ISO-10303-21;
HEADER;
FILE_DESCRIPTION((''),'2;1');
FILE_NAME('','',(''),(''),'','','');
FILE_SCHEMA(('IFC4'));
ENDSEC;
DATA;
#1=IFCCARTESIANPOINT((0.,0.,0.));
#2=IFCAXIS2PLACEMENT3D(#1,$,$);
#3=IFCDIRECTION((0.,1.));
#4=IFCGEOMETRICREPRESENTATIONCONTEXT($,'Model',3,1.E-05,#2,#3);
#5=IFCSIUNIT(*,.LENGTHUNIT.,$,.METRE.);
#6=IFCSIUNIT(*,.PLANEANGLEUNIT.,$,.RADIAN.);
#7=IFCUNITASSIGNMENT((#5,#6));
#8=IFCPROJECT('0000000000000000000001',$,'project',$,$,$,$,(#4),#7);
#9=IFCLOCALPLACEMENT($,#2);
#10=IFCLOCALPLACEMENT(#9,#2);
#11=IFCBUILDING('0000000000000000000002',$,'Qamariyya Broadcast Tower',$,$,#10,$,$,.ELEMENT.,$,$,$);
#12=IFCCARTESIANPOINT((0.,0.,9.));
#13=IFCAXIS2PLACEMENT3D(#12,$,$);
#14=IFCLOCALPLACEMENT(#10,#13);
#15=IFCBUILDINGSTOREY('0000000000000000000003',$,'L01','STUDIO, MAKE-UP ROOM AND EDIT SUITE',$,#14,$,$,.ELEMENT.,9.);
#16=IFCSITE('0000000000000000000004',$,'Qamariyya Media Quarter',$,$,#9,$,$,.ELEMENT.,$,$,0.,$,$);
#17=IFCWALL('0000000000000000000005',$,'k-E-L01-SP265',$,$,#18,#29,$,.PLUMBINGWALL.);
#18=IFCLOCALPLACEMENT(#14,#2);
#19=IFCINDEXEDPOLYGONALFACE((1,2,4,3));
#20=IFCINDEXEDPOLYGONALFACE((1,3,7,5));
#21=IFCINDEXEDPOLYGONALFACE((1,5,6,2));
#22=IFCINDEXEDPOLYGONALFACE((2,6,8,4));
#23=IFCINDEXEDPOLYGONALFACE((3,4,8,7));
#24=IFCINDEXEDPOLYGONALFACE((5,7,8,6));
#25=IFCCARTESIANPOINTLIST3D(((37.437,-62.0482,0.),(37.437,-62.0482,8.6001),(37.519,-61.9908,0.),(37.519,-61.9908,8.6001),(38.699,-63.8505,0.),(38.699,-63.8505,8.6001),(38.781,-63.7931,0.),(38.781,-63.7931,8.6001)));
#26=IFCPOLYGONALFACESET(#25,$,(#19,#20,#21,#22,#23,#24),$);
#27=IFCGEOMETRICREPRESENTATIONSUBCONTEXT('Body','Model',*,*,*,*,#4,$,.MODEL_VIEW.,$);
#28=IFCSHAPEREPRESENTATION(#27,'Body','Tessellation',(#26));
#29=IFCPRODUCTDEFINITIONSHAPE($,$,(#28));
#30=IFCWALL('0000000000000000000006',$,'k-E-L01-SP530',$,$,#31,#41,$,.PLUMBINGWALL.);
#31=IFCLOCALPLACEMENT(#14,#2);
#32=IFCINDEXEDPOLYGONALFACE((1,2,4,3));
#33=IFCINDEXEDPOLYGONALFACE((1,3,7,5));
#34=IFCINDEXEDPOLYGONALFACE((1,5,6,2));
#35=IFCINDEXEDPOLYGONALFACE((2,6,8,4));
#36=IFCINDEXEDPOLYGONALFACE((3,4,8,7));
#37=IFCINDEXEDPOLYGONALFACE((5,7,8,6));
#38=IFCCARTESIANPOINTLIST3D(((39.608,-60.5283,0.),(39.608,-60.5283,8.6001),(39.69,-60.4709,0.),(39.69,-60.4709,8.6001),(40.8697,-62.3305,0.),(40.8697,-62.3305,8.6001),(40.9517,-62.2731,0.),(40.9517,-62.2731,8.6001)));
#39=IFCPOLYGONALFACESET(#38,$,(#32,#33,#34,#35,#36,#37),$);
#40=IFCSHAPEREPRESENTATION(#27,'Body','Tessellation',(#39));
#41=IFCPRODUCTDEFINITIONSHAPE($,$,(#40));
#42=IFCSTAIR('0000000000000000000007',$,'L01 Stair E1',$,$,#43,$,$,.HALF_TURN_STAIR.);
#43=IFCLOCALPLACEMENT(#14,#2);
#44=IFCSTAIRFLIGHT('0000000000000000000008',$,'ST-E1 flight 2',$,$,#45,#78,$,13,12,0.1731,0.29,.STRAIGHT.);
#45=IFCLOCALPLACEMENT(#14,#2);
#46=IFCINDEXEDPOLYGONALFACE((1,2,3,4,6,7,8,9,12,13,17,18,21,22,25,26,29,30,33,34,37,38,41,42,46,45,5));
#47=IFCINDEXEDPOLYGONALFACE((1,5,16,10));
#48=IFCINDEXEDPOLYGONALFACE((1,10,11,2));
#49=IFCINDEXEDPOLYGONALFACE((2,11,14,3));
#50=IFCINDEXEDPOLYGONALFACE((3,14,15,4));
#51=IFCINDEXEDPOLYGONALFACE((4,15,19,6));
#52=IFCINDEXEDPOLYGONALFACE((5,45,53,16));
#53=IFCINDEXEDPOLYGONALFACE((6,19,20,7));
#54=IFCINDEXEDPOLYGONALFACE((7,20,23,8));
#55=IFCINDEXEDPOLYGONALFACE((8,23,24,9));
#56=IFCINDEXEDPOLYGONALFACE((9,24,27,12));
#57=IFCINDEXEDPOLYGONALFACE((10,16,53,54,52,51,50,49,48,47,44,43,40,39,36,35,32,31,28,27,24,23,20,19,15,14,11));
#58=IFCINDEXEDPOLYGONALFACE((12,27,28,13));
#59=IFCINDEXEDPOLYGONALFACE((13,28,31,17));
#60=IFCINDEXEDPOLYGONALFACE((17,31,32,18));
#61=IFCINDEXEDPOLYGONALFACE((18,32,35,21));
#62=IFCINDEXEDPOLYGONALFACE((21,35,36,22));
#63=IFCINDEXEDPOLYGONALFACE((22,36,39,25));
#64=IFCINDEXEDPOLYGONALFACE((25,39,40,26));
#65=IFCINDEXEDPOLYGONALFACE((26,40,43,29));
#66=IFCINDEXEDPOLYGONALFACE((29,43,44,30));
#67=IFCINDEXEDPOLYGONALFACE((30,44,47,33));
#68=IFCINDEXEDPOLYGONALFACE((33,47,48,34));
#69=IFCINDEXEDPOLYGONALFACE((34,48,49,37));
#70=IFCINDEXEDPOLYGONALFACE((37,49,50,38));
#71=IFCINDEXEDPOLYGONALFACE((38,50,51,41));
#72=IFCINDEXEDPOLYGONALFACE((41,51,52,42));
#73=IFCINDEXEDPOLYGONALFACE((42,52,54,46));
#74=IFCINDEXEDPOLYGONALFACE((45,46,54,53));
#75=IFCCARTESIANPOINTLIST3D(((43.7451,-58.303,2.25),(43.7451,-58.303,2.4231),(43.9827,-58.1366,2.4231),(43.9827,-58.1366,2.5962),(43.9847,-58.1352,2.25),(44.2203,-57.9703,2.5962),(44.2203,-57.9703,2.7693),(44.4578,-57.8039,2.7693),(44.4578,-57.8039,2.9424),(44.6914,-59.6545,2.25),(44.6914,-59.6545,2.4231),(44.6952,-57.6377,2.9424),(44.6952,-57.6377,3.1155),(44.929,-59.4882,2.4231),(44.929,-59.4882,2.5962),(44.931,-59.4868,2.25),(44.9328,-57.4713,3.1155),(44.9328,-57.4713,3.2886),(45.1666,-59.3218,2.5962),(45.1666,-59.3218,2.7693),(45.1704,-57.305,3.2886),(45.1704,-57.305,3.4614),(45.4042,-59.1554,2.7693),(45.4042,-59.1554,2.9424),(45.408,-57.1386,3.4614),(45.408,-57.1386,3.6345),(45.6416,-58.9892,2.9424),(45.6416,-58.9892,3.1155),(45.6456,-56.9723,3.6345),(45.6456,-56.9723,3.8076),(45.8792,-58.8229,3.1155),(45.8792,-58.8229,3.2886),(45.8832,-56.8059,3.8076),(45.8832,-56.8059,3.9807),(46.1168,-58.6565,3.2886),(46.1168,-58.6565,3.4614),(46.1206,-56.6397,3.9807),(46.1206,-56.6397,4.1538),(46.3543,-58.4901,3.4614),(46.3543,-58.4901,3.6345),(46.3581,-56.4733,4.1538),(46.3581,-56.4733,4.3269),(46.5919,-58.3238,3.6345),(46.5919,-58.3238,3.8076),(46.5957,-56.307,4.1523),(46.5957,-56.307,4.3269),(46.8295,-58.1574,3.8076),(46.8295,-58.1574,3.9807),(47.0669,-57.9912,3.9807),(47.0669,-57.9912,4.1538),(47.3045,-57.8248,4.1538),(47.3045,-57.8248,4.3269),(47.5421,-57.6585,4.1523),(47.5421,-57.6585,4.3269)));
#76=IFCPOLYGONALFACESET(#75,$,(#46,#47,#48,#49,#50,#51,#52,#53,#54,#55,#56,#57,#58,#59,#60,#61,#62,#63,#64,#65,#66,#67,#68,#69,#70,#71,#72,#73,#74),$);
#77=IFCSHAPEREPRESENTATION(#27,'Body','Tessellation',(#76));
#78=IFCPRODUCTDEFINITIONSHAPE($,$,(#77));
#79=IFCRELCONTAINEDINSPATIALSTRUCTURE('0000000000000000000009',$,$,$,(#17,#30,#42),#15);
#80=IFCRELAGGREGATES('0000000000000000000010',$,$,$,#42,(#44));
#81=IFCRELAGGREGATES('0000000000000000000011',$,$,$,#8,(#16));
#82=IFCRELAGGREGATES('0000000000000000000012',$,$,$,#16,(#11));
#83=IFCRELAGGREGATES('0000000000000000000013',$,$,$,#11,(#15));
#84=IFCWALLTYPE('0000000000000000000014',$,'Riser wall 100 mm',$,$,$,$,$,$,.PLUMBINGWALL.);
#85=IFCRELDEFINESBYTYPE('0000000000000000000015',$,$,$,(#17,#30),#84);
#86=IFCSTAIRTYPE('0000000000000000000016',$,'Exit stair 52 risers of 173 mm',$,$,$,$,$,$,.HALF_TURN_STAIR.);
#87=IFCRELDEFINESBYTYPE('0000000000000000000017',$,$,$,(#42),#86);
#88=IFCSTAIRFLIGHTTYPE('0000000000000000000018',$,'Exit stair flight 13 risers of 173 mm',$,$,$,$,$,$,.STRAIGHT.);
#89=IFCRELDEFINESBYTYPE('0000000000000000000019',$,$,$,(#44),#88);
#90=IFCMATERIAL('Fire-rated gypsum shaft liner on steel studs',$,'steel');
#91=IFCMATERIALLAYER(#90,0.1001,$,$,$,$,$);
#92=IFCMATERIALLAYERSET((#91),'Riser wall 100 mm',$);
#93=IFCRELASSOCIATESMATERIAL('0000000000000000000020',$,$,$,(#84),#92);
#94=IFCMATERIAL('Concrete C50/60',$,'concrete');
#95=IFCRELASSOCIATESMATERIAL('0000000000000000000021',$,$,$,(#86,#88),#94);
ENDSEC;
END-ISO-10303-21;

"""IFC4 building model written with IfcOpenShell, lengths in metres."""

from ifc_helpers import new_model, si_unit, direction, frame, frame_2d, origin, place, context, subcontext, project, spatial, polyline, rectangle, outline, extrude, material, layer, layer_set, type_object, element, aggregate, save


model = new_model("IFC4")

# Units and contexts
model_context = context("Model", 3, precision=1e-05, world=origin(), true_north=direction((0.0, 1.0)))
body_context = subcontext(model_context, "Body", "Model", "MODEL_VIEW")
ifc_project = project(units=[si_unit("LENGTHUNIT", "METRE"), si_unit("PLANEANGLEUNIT", "RADIAN")], contexts=[model_context])

# Site, building, storey
site_placement = place(None, origin())
site = spatial("IfcSite", under=ifc_project, at=site_placement, Name="Qamariyya Media Quarter", CompositionType="ELEMENT", RefElevation=0.0)
building_placement = place(site_placement, origin())
building = spatial("IfcBuilding", under=site, at=building_placement, Name="Qamariyya Broadcast Tower", CompositionType="ELEMENT")
storey_placement = place(building_placement, frame((0.0, 0.0, 9.0)))
storey = spatial("IfcBuildingStorey", under=building, at=storey_placement, Name="L01", Description="STUDIO, MAKE-UP ROOM AND EDIT SUITE", CompositionType="ELEMENT", Elevation=9.0)

# Shared definitions
ifc_material_1 = material(Name="Concrete C50/60", Category="concrete")

# Walls
ifc_material_2 = material(Name="Fire-rated gypsum shaft liner on steel studs", Category="steel")
ifc_layer_1 = layer(ifc_material_2, 0.1001)
ifc_layer_set_1 = layer_set([ifc_layer_1], Name="Riser wall 100 mm")
wall_type_1 = type_object("IfcWallType", Name="Riser wall 100 mm", PredefinedType="PLUMBINGWALL", material=ifc_layer_set_1)
wall_1_placement = place(storey_placement, frame((37.478, -62.0195, 0.0), z_axis=(0.0, 0.0, 1.0), x_axis=(0.573581, -0.819149, 0.0)))
element("IfcWall", 1, at=wall_1_placement, inside=storey, type_object=wall_type_1, Name="k-E-L01-SP265", PredefinedType="PLUMBINGWALL", context=body_context, shape_type="SweptSolid", body=[
    extrude(rectangle(XDim=2.2002, YDim=0.1001, at=frame_2d((1.1001, 0.0))), origin(), (0.0, 0.0, 1.0), 8.6001),
])
wall_2_placement = place(storey_placement, frame((39.6489, -60.4995, 0.0), z_axis=(0.0, 0.0, 1.0), x_axis=(0.573507, -0.819201, 0.0)))
element("IfcWall", 2, at=wall_2_placement, inside=storey, type_object=wall_type_1, Name="k-E-L01-SP530", PredefinedType="PLUMBINGWALL", context=body_context, shape_type="SweptSolid", body=[
    extrude(rectangle(XDim=2.2, YDim=0.1001, at=frame_2d((1.1001, 0.0))), origin(), (0.0, 0.0, 1.0), 8.6001),
])

# Stair, stair flight
stair_type = type_object("IfcStairType", Name="Exit stair 52 risers of 173 mm", PredefinedType="HALF_TURN_STAIR", material=ifc_material_1)
stair_placement = place(storey_placement, origin())
stair = element("IfcStair", 3, at=stair_placement, inside=storey, type_object=stair_type, Name="L01 Stair E1", PredefinedType="HALF_TURN_STAIR")
stair_flight_type = type_object("IfcStairFlightType", Name="Exit stair flight 13 risers of 173 mm", PredefinedType="STRAIGHT", material=ifc_material_1)
stair_flight_placement = place(storey_placement, frame((44.2183, -58.9788, 2.25), z_axis=(0.0, 0.0, 1.0), x_axis=(0.819152, 0.573576, 0.0)))
stair_flight = element("IfcStairFlight", 4, at=stair_flight_placement, type_object=stair_flight_type, Name="ST-E1 flight 2", NumberOfRisers=13, NumberOfTreads=12, PredefinedType="STRAIGHT", RiserHeight=0.1731, TreadLength=0.29, context=body_context, shape_type="SweptSolid", body=[
    extrude(outline(polyline([(0.0, 0.0), (0.0, 0.1731), (0.29, 0.1731), (0.29, 0.3462), (0.5801, 0.3462), (0.5801, 0.5193), (0.8701, 0.5193), (0.8701, 0.6924), (1.1599, 0.6924), (1.1599, 0.8655), (1.45, 0.8655), (1.45, 1.0386), (1.74, 1.0386), (1.74, 1.2114), (2.03, 1.2114), (2.03, 1.3845), (2.3201, 1.3845), (2.3201, 1.5576), (2.6101, 1.5576), (2.6101, 1.7307), (2.8999, 1.7307), (2.8999, 1.9038), (3.1899, 1.9038), (3.1899, 2.0769), (3.48, 2.0769), (3.48, 2.25), (3.48, 1.9023), (0.2925, 0.0), (0.0, 0.0)])), frame((0.0, 0.825, 0.0), z_axis=(0.0, -1.0, 0.0), x_axis=(1.0, 0.0, 0.0)), (0.0, 0.0, 1.0), 1.6499),
])
aggregate(stair, [stair_flight])

save(model, "model.ifc")
